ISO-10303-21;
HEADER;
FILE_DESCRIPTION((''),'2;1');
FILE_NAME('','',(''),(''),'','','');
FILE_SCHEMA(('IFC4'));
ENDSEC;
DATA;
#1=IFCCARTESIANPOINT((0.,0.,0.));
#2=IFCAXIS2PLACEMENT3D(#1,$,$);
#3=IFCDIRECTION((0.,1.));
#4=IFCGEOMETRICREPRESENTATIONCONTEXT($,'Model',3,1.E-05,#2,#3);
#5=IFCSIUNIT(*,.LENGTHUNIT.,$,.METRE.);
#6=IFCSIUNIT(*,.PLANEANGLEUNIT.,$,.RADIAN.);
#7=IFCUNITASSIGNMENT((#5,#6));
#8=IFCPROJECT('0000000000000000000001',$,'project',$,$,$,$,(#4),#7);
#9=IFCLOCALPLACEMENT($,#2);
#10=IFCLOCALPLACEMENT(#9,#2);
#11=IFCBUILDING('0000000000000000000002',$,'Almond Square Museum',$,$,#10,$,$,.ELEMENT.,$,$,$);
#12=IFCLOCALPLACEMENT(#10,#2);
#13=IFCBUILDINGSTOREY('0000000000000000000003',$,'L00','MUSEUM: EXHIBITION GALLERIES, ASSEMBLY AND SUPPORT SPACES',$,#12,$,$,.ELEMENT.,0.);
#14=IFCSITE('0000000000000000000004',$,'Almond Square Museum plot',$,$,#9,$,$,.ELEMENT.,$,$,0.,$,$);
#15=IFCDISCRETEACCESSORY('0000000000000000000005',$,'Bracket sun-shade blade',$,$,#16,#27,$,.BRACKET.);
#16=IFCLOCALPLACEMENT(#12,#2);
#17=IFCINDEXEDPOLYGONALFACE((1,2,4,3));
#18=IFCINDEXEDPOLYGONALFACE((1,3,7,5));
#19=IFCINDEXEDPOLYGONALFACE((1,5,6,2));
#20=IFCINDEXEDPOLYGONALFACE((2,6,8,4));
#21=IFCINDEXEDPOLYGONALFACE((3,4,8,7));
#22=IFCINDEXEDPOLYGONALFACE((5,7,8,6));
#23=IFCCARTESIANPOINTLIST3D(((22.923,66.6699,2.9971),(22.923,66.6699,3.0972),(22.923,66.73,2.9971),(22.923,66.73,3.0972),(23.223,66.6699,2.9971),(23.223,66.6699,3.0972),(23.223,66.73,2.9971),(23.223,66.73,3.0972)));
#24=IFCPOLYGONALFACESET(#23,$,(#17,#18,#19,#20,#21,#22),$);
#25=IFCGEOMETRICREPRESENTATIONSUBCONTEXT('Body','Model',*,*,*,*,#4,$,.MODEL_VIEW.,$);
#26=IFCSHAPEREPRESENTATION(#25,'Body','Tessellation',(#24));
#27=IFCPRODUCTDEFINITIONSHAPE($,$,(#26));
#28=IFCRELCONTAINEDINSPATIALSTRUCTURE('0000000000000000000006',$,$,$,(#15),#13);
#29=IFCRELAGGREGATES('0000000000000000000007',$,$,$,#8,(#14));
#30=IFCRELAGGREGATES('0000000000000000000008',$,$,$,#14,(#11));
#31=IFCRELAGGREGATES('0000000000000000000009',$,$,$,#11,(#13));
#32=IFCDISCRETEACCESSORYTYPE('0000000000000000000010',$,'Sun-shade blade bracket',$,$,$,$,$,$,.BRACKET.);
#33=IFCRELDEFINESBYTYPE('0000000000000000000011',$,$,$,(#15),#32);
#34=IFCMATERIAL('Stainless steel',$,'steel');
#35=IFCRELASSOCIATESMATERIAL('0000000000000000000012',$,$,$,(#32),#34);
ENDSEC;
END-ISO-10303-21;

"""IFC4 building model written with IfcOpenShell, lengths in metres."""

from ifc_helpers import new_model, si_unit, direction, frame, origin, origin_2d, place, context, subcontext, project, spatial, rectangle, extrude, material, type_object, element, save


model = new_model("IFC4")

# Units and contexts
model_context = context("Model", 3, precision=1e-05, world=origin(), true_north=direction((0.0, 1.0)))
body_context = subcontext(model_context, "Body", "Model", "MODEL_VIEW")
ifc_project = project(units=[si_unit("LENGTHUNIT", "METRE"), si_unit("PLANEANGLEUNIT", "RADIAN")], contexts=[model_context])

# Site, building, storey
site_placement = place(None, origin())
site = spatial("IfcSite", under=ifc_project, at=site_placement, Name="Almond Square Museum plot", CompositionType="ELEMENT", RefElevation=0.0)
building_placement = place(site_placement, origin())
building = spatial("IfcBuilding", under=site, at=building_placement, Name="Almond Square Museum", CompositionType="ELEMENT")
storey_placement = place(building_placement, origin())
storey = spatial("IfcBuildingStorey", under=building, at=storey_placement, Name="L00", Description="MUSEUM: EXHIBITION GALLERIES, ASSEMBLY AND SUPPORT SPACES", CompositionType="ELEMENT", Elevation=0.0)

# Discrete accessory
ifc_material_1 = material(Name="Stainless steel", Category="steel")
discrete_accessory_type = type_object("IfcDiscreteAccessoryType", Name="Sun-shade blade bracket", PredefinedType="BRACKET", material=ifc_material_1)
discrete_accessory_placement = place(storey_placement, frame((23.073, 66.7, 2.9971), z_axis=(0.0, 0.0, 1.0), x_axis=(1.0, 0.0, 0.0)))
element("IfcDiscreteAccessory", 1, at=discrete_accessory_placement, inside=storey, type_object=discrete_accessory_type, Name="Bracket sun-shade blade", PredefinedType="BRACKET", context=body_context, shape_type="SweptSolid", body=[
    extrude(rectangle(XDim=0.3, YDim=0.0601, at=origin_2d()), origin(), (0.0, 0.0, 1.0), 0.1001),
])

save(model, "model.ifc")
